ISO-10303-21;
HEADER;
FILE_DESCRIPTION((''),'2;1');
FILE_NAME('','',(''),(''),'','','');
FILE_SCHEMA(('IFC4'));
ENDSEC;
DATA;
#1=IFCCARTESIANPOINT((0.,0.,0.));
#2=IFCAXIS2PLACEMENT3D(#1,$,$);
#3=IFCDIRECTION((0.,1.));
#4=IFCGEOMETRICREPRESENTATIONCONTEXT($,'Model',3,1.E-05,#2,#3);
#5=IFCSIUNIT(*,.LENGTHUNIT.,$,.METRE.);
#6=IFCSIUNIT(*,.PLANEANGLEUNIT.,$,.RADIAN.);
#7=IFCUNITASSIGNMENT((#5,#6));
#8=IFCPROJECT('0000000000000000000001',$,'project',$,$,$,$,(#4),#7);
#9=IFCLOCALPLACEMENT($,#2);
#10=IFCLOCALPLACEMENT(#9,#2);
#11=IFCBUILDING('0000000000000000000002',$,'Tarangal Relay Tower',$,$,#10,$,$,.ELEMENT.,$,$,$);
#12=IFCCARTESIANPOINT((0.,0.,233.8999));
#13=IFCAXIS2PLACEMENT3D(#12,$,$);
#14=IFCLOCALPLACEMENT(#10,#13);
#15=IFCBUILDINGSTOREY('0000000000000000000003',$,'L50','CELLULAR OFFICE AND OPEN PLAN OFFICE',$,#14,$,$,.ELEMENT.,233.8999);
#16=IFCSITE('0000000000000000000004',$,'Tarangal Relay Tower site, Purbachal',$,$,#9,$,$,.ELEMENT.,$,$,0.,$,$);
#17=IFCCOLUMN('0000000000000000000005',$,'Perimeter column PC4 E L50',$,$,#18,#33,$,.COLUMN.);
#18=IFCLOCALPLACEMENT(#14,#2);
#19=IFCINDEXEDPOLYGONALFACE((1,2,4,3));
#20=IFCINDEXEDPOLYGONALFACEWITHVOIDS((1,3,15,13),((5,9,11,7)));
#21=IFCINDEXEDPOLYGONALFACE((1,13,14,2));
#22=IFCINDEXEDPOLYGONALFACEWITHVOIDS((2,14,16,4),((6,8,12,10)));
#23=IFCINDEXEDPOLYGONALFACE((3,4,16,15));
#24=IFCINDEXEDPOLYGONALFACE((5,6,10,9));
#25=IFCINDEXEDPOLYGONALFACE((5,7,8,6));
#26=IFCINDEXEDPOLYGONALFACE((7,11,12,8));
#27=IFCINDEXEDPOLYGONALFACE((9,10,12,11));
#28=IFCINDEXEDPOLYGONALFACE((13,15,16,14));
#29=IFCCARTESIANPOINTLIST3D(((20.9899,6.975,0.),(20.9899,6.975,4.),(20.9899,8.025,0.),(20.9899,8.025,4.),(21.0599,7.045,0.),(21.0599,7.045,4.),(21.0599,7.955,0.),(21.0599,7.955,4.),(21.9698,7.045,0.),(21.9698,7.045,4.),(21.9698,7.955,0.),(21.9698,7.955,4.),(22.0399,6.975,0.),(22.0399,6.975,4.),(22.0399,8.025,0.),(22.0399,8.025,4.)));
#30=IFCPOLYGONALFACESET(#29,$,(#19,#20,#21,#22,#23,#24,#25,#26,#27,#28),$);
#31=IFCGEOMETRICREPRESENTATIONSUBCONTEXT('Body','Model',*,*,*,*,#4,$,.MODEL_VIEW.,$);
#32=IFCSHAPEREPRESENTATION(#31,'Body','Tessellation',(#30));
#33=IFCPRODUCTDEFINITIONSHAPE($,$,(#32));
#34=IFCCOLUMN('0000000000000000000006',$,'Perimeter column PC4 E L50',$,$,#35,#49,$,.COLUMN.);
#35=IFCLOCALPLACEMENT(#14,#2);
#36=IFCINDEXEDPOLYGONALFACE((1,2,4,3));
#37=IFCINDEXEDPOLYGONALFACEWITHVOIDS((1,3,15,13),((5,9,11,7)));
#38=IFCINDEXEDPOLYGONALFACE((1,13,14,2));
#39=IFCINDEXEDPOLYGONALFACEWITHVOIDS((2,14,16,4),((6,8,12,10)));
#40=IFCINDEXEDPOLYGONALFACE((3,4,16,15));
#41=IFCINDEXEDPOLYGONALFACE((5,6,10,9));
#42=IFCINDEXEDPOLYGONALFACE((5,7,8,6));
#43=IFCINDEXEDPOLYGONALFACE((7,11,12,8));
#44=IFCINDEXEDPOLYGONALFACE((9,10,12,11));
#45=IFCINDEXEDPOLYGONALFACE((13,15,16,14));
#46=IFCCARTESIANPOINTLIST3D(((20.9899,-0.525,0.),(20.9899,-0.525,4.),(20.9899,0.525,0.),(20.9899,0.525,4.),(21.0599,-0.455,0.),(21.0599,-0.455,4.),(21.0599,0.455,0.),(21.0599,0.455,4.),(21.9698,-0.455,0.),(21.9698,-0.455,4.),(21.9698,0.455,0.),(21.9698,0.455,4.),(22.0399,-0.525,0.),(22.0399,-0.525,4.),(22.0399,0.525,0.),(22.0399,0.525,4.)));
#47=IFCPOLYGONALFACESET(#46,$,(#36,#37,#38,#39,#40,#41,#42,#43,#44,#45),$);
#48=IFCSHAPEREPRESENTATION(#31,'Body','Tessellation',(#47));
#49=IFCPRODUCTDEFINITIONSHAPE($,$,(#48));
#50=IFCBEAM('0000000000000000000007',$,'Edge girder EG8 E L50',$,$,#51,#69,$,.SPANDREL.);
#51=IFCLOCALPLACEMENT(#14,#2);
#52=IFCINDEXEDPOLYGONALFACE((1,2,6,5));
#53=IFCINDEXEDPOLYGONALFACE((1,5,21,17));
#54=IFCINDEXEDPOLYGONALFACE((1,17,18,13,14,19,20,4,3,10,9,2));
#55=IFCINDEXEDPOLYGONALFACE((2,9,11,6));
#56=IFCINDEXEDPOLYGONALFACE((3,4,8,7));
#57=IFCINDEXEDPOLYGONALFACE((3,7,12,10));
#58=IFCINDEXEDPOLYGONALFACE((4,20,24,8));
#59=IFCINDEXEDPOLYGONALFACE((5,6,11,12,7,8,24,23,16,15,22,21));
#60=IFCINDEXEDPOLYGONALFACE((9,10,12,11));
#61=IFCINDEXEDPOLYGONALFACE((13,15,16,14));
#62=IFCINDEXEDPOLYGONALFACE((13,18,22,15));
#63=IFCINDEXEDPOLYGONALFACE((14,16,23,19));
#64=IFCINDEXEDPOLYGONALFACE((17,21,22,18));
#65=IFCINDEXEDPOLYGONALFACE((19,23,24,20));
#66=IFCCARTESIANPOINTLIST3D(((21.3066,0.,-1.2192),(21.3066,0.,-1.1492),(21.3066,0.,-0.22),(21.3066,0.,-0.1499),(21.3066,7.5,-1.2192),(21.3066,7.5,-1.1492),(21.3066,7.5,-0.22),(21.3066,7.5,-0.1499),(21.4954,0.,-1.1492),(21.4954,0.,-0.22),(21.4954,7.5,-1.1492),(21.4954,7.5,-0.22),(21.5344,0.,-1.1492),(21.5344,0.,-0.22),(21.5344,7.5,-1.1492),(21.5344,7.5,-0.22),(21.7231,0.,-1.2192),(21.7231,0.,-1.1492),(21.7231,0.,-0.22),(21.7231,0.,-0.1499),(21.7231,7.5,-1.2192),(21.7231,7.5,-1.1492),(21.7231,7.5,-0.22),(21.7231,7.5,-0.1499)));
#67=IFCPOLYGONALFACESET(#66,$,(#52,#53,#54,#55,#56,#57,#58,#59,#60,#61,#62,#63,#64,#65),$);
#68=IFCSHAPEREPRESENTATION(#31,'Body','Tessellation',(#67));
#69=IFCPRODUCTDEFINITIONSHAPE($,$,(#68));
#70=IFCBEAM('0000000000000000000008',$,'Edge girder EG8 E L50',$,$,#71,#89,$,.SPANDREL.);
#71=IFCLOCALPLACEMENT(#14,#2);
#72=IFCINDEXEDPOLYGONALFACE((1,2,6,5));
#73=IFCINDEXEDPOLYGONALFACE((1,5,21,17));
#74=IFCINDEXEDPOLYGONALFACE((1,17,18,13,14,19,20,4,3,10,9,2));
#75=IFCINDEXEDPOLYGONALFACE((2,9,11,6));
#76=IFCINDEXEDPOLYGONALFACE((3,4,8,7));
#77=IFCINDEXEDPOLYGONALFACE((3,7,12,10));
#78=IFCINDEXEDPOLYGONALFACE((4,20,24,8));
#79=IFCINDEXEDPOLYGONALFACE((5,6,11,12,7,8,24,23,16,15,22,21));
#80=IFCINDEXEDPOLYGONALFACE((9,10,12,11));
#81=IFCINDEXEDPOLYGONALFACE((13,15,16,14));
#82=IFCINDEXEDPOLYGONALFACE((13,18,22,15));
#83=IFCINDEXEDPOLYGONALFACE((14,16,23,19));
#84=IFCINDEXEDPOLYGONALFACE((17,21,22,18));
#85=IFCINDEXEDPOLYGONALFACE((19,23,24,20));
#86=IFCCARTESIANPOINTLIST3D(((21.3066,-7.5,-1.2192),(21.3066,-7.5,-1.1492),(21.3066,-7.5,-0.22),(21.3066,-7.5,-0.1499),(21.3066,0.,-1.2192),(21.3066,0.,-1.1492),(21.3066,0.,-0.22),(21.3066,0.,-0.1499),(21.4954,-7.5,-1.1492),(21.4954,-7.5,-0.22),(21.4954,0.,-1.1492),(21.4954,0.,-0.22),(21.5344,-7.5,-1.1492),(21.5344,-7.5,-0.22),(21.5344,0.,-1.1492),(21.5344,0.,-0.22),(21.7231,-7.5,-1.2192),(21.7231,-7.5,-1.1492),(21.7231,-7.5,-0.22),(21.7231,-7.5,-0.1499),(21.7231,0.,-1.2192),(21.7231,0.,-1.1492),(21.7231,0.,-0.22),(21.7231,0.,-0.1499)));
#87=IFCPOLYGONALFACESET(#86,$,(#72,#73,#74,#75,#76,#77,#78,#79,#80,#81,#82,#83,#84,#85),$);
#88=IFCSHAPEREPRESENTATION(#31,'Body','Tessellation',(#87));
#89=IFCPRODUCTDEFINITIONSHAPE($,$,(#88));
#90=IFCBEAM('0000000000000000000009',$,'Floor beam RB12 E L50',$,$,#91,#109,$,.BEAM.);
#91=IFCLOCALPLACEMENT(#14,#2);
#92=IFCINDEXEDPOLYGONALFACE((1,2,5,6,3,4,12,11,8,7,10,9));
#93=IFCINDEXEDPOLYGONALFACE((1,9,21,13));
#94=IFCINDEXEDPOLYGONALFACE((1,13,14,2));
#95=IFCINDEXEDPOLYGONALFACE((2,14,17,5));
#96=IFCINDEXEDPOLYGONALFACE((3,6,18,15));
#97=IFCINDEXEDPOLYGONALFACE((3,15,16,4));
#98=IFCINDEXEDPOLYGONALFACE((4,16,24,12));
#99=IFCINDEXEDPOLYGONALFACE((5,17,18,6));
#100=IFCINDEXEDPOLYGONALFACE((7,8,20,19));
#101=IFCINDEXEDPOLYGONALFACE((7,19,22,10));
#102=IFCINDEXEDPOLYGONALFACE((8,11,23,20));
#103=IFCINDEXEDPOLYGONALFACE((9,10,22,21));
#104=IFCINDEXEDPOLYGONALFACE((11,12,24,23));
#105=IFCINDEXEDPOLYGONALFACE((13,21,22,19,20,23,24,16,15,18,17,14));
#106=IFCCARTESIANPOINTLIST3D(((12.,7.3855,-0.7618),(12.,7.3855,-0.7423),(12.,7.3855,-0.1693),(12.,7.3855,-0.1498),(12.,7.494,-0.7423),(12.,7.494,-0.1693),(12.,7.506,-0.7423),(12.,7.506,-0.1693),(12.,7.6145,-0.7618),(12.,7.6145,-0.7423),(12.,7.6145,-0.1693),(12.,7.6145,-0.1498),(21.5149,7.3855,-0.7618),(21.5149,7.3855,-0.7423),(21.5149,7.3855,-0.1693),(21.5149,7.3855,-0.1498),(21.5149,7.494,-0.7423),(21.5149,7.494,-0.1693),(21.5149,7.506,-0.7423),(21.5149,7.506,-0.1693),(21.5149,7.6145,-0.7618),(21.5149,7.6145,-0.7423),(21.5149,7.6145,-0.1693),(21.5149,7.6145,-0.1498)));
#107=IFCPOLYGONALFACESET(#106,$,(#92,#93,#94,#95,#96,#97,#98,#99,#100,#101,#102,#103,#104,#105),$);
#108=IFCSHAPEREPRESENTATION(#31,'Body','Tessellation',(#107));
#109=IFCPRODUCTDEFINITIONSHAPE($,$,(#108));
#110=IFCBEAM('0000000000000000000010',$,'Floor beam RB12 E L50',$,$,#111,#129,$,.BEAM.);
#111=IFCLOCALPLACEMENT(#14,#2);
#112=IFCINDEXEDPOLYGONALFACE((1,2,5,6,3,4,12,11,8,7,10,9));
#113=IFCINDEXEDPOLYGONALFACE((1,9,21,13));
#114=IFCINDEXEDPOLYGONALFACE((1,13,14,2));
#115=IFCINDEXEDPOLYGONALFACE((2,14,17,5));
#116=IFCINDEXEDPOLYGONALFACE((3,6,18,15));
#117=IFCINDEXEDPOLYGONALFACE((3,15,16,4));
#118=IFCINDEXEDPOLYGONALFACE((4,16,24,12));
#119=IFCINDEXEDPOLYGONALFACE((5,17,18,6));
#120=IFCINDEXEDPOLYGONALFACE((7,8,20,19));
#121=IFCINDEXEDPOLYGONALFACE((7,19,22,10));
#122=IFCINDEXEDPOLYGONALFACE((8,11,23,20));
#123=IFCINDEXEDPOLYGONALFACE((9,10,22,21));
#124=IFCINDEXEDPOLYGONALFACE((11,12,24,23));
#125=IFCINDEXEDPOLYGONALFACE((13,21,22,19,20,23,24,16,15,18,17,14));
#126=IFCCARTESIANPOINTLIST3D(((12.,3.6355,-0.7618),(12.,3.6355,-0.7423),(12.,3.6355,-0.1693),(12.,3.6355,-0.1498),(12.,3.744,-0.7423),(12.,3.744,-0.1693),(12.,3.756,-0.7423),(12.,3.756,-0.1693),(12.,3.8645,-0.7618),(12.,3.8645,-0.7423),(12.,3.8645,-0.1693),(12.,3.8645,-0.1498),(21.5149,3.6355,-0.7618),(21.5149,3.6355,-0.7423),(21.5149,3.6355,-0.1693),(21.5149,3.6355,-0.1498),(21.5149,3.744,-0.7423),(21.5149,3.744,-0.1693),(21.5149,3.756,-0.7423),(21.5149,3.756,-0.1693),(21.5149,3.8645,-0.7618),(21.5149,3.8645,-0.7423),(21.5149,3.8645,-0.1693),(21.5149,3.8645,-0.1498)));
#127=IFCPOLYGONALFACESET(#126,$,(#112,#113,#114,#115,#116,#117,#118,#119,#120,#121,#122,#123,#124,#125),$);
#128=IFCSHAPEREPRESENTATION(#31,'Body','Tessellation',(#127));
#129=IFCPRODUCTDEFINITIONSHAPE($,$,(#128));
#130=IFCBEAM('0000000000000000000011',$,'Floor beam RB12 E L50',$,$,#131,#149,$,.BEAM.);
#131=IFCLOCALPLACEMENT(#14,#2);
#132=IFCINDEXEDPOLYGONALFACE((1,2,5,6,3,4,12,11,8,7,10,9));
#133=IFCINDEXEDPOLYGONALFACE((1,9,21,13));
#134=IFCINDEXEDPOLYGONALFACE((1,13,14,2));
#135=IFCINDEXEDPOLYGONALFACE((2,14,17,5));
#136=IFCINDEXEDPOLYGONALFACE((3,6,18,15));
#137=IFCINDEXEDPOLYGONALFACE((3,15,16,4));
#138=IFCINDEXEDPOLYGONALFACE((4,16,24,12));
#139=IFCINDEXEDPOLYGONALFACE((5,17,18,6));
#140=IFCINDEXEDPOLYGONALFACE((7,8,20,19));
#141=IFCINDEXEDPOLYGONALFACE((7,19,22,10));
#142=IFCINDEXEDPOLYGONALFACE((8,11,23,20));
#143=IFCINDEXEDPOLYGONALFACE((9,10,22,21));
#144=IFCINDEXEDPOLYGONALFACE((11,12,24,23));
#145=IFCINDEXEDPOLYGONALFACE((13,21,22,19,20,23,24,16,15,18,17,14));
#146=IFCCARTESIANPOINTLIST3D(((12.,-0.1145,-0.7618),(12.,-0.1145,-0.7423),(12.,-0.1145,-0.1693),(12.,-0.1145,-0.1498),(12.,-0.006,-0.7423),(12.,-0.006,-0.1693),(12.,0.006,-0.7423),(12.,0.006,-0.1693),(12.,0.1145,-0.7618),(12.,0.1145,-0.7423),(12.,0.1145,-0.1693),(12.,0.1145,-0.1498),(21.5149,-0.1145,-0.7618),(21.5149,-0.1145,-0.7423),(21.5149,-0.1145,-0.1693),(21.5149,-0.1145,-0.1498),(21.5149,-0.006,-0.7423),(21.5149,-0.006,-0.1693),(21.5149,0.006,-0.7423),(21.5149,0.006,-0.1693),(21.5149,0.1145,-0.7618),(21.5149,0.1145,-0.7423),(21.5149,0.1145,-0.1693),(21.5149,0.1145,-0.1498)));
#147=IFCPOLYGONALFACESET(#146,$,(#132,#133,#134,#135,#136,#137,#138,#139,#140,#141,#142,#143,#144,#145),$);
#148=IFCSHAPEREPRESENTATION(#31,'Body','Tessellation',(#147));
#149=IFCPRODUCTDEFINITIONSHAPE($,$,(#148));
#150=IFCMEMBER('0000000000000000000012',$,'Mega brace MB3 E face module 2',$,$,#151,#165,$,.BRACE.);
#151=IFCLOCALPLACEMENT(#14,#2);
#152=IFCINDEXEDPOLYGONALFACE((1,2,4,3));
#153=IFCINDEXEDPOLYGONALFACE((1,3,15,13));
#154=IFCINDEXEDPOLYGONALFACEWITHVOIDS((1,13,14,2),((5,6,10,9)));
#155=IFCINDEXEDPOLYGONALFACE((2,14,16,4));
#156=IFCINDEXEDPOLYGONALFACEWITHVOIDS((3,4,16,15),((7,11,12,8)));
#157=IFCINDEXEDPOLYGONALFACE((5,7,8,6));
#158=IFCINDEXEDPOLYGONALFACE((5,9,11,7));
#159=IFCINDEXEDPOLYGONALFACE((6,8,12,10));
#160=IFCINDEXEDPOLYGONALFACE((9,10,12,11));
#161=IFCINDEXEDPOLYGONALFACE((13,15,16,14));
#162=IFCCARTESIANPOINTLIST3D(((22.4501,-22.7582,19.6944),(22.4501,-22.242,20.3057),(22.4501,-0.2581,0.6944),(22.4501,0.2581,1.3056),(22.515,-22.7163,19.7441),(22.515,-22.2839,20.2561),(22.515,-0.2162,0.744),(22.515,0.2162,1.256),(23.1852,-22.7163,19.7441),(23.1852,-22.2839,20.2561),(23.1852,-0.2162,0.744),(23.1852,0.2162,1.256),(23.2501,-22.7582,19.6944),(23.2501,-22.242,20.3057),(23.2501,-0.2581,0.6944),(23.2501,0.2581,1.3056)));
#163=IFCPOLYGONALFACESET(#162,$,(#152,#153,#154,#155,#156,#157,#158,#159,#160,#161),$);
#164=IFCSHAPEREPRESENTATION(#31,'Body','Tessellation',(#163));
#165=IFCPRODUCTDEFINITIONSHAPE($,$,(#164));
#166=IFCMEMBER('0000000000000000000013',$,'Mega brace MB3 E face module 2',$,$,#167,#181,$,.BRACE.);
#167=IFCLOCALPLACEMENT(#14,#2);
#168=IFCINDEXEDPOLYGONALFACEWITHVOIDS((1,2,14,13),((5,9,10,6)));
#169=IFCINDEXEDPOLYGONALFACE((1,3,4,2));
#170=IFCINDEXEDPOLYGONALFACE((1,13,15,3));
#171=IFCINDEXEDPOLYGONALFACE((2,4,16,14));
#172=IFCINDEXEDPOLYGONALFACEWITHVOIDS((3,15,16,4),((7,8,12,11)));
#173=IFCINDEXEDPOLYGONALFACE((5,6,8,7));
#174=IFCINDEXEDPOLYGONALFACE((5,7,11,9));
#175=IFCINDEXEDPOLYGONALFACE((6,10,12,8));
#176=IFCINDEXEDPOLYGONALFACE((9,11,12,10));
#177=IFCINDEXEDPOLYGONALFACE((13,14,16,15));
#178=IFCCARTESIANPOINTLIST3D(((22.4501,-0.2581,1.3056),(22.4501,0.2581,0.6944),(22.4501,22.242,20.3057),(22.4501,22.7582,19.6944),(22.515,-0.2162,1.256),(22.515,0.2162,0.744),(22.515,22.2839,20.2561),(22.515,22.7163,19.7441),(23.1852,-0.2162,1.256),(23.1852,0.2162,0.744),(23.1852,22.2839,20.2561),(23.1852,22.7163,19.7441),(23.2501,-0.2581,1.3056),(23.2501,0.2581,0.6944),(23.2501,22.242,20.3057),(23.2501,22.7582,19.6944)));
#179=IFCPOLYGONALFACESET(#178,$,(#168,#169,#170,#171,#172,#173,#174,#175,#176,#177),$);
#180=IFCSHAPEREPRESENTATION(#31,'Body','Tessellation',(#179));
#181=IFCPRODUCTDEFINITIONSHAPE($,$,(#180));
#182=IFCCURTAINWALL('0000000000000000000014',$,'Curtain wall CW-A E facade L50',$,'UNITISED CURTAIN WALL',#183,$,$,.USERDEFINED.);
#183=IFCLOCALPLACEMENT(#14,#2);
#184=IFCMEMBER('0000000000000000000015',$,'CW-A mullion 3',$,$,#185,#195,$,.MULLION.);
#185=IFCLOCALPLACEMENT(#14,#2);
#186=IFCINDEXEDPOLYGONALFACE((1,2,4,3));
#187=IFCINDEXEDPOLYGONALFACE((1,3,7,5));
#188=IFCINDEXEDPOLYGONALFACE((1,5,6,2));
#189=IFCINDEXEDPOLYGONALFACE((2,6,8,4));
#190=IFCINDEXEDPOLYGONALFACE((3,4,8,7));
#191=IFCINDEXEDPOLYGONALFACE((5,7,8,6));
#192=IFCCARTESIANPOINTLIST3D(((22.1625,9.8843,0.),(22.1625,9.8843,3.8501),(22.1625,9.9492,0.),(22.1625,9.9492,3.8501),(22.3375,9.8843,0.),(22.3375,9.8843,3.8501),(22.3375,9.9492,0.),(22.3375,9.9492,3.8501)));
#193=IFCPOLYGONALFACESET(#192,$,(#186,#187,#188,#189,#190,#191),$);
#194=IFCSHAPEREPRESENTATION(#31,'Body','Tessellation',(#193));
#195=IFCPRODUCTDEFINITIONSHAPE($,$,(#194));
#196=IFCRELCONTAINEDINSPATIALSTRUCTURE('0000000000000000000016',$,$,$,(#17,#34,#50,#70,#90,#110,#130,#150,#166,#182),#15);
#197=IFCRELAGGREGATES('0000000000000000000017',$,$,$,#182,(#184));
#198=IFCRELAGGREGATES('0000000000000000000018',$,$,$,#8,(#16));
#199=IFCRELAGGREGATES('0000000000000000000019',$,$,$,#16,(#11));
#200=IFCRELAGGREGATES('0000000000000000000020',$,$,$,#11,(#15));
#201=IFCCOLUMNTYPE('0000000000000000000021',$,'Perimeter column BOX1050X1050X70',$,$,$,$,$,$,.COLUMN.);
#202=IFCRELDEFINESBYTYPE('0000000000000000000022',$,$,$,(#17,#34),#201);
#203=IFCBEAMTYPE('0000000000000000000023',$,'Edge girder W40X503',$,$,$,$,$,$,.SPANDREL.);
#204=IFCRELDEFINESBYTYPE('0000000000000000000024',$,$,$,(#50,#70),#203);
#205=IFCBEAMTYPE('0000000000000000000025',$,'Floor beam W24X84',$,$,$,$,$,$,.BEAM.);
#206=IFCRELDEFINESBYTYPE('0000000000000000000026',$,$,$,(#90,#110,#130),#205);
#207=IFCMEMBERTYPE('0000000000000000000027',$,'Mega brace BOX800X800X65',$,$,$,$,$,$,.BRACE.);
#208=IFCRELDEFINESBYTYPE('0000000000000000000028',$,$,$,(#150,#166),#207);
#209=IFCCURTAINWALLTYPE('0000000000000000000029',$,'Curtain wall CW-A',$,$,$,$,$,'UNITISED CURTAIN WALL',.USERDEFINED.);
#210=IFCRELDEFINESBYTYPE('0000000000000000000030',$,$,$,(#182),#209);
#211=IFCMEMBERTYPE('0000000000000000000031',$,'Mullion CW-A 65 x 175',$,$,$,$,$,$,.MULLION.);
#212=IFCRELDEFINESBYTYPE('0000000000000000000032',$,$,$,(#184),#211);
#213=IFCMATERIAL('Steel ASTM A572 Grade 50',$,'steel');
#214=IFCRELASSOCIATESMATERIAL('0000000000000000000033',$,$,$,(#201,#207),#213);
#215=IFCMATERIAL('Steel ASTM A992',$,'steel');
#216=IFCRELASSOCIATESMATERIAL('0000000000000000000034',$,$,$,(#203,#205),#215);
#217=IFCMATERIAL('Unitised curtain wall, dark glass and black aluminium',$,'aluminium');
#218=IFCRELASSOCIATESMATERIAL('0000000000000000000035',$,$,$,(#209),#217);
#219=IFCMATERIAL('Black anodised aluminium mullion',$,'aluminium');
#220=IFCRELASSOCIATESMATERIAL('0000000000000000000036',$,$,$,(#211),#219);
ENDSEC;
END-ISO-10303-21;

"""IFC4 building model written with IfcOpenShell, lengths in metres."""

from ifc_helpers import new_model, si_unit, direction, frame, origin, origin_2d, place, context, subcontext, project, spatial, rectangle, hollow_rectangle, i_section, extrude, material, material_profile, profile_set, type_object, element, aggregate, save


model = new_model("IFC4")

# Units and contexts
model_context = context("Model", 3, precision=1e-05, world=origin(), true_north=direction((0.0, 1.0)))
body_context = subcontext(model_context, "Body", "Model", "MODEL_VIEW")
ifc_project = project(units=[si_unit("LENGTHUNIT", "METRE"), si_unit("PLANEANGLEUNIT", "RADIAN")], contexts=[model_context])

# Site, building, storey
site_placement = place(None, origin())
site = spatial("IfcSite", under=ifc_project, at=site_placement, Name="Tarangal Relay Tower site, Purbachal", CompositionType="ELEMENT", RefElevation=0.0)
building_placement = place(site_placement, origin())
building = spatial("IfcBuilding", under=site, at=building_placement, Name="Tarangal Relay Tower", CompositionType="ELEMENT")
storey_placement = place(building_placement, frame((0.0, 0.0, 233.8999)))
storey = spatial("IfcBuildingStorey", under=building, at=storey_placement, Name="L50", Description="CELLULAR OFFICE AND OPEN PLAN OFFICE", CompositionType="ELEMENT", Elevation=233.8999)

# Columns
ifc_material_1 = material(Name="Steel ASTM A572 Grade 50", Category="steel")
ifc_material_profile_1 = material_profile(ifc_material_1, hollow_rectangle(XDim=1.05, YDim=1.05, WallThickness=0.0701, at=origin_2d()), Name="BOX1050X1050X70")
ifc_profile_set_1 = profile_set([ifc_material_profile_1], Name="Steel ASTM A572 Grade 50")
column_type = type_object("IfcColumnType", Name="Perimeter column BOX1050X1050X70", PredefinedType="COLUMN", material=ifc_profile_set_1)
for number, where, z_axis, x_axis, name in (
    (1, (21.5149, 7.5, 0.0), (0.0, 0.0, 1.0), (1.0, 0.0, 0.0), "Perimeter column PC4 E L50"),
    (2, (21.5149, 0.0, 0.0), (0.0, 0.0, 1.0), (1.0, 0.0, 0.0), "Perimeter column PC4 E L50"),
):
    element("IfcColumn", number, at=place(storey_placement, frame(where, z_axis=z_axis, x_axis=x_axis)), inside=storey, type_object=column_type, Name=name, PredefinedType="COLUMN", context=body_context, shape_type="SweptSolid", body=[
        extrude(hollow_rectangle(XDim=1.05, YDim=1.05, WallThickness=0.0701, at=origin_2d()), origin(), (0.0, 0.0, 1.0), 4.0),
    ])

# Beams
ifc_material_2 = material(Name="Steel ASTM A992", Category="steel")
ifc_material_profile_2 = material_profile(ifc_material_2, i_section(OverallWidth=0.4165, OverallDepth=1.0693, WebThickness=0.0391, FlangeThickness=0.0701, at=origin_2d()), Name="W40X503")
ifc_profile_set_2 = profile_set([ifc_material_profile_2], Name="Steel ASTM A992")
beam_type_1 = type_object("IfcBeamType", Name="Edge girder W40X503", PredefinedType="SPANDREL", material=ifc_profile_set_2)
for number, where, z_axis, x_axis, name in (
    (3, (21.5149, 7.5, -0.6846), (0.0, -1.0, 0.0), (1.0, 0.0, 0.0), "Edge girder EG8 E L50"),
    (4, (21.5149, 0.0, -0.6846), (0.0, -1.0, 0.0), (1.0, 0.0, 0.0), "Edge girder EG8 E L50"),
):
    element("IfcBeam", number, at=place(storey_placement, frame(where, z_axis=z_axis, x_axis=x_axis)), inside=storey, type_object=beam_type_1, Name=name, PredefinedType="SPANDREL", context=body_context, shape_type="SweptSolid", body=[
        extrude(i_section(OverallWidth=0.4165, OverallDepth=1.0693, WebThickness=0.0391, FlangeThickness=0.0701, at=origin_2d()), origin(), (0.0, 0.0, 1.0), 7.5),
    ])
ifc_material_profile_3 = material_profile(ifc_material_2, i_section(OverallWidth=0.229, OverallDepth=0.6121, WebThickness=0.012, FlangeThickness=0.0195, at=origin_2d()), Name="W24X84")
ifc_profile_set_3 = profile_set([ifc_material_profile_3], Name="Steel ASTM A992")
beam_type_2 = type_object("IfcBeamType", Name="Floor beam W24X84", PredefinedType="BEAM", material=ifc_profile_set_3)
for number, where, z_axis, x_axis, name in (
    (5, (12.0, 7.5, -0.4558), (1.0, 0.0, 0.0), (0.0, 1.0, 0.0), "Floor beam RB12 E L50"),
    (6, (12.0, 3.75, -0.4558), (1.0, 0.0, 0.0), (0.0, 1.0, 0.0), "Floor beam RB12 E L50"),
    (7, (12.0, 0.0, -0.4558), (1.0, 0.0, 0.0), (0.0, 1.0, 0.0), "Floor beam RB12 E L50"),
):
    element("IfcBeam", number, at=place(storey_placement, frame(where, z_axis=z_axis, x_axis=x_axis)), inside=storey, type_object=beam_type_2, Name=name, PredefinedType="BEAM", context=body_context, shape_type="SweptSolid", body=[
        extrude(i_section(OverallWidth=0.229, OverallDepth=0.6121, WebThickness=0.012, FlangeThickness=0.0195, at=origin_2d()), origin(), (0.0, 0.0, 1.0), 9.5149),
    ])

# Members
ifc_material_profile_4 = material_profile(ifc_material_1, hollow_rectangle(XDim=0.8, YDim=0.8, WallThickness=0.0649, at=origin_2d()), Name="BOX800X800X65")
ifc_profile_set_4 = profile_set([ifc_material_profile_4], Name="Steel ASTM A572 Grade 50")
member_type_1 = type_object("IfcMemberType", Name="Mega brace BOX800X800X65", PredefinedType="BRACE", material=ifc_profile_set_4)
for number, where, z_axis, x_axis, name in (
    (8, (22.8501, 0.0, 1.0), (0.0, -0.76403, 0.645181), (1.0, 0.0, 0.0), "Mega brace MB3 E face module 2"),
    (9, (22.8501, 0.0, 1.0), (0.0, 0.76403, 0.645181), (-1.0, 0.0, 0.0), "Mega brace MB3 E face module 2"),
):
    element("IfcMember", number, at=place(storey_placement, frame(where, z_axis=z_axis, x_axis=x_axis)), inside=storey, type_object=member_type_1, Name=name, PredefinedType="BRACE", context=body_context, shape_type="SweptSolid", body=[
        extrude(hollow_rectangle(XDim=0.8, YDim=0.8, WallThickness=0.0649, at=origin_2d()), origin(), (0.0, 0.0, 1.0), 29.4492),
    ])

# Curtain wall, member
ifc_material_3 = material(Name="Unitised curtain wall, dark glass and black aluminium", Category="aluminium")
curtain_wall_type_1 = type_object("IfcCurtainWallType", Name="Curtain wall CW-A", ElementType="UNITISED CURTAIN WALL", PredefinedType="USERDEFINED", material=ifc_material_3)
curtain_wall_1_placement = place(storey_placement, origin())
curtain_wall_1 = element("IfcCurtainWall", 10, at=curtain_wall_1_placement, inside=storey, type_object=curtain_wall_type_1, Name="Curtain wall CW-A E facade L50", ObjectType="UNITISED CURTAIN WALL", PredefinedType="USERDEFINED")
ifc_material_4 = material(Name="Black anodised aluminium mullion", Category="aluminium")
ifc_material_profile_5 = material_profile(ifc_material_4, rectangle(XDim=0.175, YDim=0.0649, at=origin_2d()), Name="CW-AM 65X175")
ifc_profile_set_5 = profile_set([ifc_material_profile_5], Name="Black anodised aluminium mullion")
member_type_2 = type_object("IfcMemberType", Name="Mullion CW-A 65 x 175", PredefinedType="MULLION", material=ifc_profile_set_5)
member_1_placement = place(storey_placement, frame((22.25, 9.9167, 0.0), z_axis=(0.0, 0.0, 1.0), x_axis=(1.0, 0.0, 0.0)))
member_1 = element("IfcMember", 11, at=member_1_placement, type_object=member_type_2, Name="CW-A mullion 3", PredefinedType="MULLION", context=body_context, shape_type="SweptSolid", body=[
    extrude(rectangle(XDim=0.175, YDim=0.0649, at=origin_2d()), origin(), (0.0, 0.0, 1.0), 3.8501),
])

aggregate(curtain_wall_1, [member_1])

save(model, "model.ifc")
